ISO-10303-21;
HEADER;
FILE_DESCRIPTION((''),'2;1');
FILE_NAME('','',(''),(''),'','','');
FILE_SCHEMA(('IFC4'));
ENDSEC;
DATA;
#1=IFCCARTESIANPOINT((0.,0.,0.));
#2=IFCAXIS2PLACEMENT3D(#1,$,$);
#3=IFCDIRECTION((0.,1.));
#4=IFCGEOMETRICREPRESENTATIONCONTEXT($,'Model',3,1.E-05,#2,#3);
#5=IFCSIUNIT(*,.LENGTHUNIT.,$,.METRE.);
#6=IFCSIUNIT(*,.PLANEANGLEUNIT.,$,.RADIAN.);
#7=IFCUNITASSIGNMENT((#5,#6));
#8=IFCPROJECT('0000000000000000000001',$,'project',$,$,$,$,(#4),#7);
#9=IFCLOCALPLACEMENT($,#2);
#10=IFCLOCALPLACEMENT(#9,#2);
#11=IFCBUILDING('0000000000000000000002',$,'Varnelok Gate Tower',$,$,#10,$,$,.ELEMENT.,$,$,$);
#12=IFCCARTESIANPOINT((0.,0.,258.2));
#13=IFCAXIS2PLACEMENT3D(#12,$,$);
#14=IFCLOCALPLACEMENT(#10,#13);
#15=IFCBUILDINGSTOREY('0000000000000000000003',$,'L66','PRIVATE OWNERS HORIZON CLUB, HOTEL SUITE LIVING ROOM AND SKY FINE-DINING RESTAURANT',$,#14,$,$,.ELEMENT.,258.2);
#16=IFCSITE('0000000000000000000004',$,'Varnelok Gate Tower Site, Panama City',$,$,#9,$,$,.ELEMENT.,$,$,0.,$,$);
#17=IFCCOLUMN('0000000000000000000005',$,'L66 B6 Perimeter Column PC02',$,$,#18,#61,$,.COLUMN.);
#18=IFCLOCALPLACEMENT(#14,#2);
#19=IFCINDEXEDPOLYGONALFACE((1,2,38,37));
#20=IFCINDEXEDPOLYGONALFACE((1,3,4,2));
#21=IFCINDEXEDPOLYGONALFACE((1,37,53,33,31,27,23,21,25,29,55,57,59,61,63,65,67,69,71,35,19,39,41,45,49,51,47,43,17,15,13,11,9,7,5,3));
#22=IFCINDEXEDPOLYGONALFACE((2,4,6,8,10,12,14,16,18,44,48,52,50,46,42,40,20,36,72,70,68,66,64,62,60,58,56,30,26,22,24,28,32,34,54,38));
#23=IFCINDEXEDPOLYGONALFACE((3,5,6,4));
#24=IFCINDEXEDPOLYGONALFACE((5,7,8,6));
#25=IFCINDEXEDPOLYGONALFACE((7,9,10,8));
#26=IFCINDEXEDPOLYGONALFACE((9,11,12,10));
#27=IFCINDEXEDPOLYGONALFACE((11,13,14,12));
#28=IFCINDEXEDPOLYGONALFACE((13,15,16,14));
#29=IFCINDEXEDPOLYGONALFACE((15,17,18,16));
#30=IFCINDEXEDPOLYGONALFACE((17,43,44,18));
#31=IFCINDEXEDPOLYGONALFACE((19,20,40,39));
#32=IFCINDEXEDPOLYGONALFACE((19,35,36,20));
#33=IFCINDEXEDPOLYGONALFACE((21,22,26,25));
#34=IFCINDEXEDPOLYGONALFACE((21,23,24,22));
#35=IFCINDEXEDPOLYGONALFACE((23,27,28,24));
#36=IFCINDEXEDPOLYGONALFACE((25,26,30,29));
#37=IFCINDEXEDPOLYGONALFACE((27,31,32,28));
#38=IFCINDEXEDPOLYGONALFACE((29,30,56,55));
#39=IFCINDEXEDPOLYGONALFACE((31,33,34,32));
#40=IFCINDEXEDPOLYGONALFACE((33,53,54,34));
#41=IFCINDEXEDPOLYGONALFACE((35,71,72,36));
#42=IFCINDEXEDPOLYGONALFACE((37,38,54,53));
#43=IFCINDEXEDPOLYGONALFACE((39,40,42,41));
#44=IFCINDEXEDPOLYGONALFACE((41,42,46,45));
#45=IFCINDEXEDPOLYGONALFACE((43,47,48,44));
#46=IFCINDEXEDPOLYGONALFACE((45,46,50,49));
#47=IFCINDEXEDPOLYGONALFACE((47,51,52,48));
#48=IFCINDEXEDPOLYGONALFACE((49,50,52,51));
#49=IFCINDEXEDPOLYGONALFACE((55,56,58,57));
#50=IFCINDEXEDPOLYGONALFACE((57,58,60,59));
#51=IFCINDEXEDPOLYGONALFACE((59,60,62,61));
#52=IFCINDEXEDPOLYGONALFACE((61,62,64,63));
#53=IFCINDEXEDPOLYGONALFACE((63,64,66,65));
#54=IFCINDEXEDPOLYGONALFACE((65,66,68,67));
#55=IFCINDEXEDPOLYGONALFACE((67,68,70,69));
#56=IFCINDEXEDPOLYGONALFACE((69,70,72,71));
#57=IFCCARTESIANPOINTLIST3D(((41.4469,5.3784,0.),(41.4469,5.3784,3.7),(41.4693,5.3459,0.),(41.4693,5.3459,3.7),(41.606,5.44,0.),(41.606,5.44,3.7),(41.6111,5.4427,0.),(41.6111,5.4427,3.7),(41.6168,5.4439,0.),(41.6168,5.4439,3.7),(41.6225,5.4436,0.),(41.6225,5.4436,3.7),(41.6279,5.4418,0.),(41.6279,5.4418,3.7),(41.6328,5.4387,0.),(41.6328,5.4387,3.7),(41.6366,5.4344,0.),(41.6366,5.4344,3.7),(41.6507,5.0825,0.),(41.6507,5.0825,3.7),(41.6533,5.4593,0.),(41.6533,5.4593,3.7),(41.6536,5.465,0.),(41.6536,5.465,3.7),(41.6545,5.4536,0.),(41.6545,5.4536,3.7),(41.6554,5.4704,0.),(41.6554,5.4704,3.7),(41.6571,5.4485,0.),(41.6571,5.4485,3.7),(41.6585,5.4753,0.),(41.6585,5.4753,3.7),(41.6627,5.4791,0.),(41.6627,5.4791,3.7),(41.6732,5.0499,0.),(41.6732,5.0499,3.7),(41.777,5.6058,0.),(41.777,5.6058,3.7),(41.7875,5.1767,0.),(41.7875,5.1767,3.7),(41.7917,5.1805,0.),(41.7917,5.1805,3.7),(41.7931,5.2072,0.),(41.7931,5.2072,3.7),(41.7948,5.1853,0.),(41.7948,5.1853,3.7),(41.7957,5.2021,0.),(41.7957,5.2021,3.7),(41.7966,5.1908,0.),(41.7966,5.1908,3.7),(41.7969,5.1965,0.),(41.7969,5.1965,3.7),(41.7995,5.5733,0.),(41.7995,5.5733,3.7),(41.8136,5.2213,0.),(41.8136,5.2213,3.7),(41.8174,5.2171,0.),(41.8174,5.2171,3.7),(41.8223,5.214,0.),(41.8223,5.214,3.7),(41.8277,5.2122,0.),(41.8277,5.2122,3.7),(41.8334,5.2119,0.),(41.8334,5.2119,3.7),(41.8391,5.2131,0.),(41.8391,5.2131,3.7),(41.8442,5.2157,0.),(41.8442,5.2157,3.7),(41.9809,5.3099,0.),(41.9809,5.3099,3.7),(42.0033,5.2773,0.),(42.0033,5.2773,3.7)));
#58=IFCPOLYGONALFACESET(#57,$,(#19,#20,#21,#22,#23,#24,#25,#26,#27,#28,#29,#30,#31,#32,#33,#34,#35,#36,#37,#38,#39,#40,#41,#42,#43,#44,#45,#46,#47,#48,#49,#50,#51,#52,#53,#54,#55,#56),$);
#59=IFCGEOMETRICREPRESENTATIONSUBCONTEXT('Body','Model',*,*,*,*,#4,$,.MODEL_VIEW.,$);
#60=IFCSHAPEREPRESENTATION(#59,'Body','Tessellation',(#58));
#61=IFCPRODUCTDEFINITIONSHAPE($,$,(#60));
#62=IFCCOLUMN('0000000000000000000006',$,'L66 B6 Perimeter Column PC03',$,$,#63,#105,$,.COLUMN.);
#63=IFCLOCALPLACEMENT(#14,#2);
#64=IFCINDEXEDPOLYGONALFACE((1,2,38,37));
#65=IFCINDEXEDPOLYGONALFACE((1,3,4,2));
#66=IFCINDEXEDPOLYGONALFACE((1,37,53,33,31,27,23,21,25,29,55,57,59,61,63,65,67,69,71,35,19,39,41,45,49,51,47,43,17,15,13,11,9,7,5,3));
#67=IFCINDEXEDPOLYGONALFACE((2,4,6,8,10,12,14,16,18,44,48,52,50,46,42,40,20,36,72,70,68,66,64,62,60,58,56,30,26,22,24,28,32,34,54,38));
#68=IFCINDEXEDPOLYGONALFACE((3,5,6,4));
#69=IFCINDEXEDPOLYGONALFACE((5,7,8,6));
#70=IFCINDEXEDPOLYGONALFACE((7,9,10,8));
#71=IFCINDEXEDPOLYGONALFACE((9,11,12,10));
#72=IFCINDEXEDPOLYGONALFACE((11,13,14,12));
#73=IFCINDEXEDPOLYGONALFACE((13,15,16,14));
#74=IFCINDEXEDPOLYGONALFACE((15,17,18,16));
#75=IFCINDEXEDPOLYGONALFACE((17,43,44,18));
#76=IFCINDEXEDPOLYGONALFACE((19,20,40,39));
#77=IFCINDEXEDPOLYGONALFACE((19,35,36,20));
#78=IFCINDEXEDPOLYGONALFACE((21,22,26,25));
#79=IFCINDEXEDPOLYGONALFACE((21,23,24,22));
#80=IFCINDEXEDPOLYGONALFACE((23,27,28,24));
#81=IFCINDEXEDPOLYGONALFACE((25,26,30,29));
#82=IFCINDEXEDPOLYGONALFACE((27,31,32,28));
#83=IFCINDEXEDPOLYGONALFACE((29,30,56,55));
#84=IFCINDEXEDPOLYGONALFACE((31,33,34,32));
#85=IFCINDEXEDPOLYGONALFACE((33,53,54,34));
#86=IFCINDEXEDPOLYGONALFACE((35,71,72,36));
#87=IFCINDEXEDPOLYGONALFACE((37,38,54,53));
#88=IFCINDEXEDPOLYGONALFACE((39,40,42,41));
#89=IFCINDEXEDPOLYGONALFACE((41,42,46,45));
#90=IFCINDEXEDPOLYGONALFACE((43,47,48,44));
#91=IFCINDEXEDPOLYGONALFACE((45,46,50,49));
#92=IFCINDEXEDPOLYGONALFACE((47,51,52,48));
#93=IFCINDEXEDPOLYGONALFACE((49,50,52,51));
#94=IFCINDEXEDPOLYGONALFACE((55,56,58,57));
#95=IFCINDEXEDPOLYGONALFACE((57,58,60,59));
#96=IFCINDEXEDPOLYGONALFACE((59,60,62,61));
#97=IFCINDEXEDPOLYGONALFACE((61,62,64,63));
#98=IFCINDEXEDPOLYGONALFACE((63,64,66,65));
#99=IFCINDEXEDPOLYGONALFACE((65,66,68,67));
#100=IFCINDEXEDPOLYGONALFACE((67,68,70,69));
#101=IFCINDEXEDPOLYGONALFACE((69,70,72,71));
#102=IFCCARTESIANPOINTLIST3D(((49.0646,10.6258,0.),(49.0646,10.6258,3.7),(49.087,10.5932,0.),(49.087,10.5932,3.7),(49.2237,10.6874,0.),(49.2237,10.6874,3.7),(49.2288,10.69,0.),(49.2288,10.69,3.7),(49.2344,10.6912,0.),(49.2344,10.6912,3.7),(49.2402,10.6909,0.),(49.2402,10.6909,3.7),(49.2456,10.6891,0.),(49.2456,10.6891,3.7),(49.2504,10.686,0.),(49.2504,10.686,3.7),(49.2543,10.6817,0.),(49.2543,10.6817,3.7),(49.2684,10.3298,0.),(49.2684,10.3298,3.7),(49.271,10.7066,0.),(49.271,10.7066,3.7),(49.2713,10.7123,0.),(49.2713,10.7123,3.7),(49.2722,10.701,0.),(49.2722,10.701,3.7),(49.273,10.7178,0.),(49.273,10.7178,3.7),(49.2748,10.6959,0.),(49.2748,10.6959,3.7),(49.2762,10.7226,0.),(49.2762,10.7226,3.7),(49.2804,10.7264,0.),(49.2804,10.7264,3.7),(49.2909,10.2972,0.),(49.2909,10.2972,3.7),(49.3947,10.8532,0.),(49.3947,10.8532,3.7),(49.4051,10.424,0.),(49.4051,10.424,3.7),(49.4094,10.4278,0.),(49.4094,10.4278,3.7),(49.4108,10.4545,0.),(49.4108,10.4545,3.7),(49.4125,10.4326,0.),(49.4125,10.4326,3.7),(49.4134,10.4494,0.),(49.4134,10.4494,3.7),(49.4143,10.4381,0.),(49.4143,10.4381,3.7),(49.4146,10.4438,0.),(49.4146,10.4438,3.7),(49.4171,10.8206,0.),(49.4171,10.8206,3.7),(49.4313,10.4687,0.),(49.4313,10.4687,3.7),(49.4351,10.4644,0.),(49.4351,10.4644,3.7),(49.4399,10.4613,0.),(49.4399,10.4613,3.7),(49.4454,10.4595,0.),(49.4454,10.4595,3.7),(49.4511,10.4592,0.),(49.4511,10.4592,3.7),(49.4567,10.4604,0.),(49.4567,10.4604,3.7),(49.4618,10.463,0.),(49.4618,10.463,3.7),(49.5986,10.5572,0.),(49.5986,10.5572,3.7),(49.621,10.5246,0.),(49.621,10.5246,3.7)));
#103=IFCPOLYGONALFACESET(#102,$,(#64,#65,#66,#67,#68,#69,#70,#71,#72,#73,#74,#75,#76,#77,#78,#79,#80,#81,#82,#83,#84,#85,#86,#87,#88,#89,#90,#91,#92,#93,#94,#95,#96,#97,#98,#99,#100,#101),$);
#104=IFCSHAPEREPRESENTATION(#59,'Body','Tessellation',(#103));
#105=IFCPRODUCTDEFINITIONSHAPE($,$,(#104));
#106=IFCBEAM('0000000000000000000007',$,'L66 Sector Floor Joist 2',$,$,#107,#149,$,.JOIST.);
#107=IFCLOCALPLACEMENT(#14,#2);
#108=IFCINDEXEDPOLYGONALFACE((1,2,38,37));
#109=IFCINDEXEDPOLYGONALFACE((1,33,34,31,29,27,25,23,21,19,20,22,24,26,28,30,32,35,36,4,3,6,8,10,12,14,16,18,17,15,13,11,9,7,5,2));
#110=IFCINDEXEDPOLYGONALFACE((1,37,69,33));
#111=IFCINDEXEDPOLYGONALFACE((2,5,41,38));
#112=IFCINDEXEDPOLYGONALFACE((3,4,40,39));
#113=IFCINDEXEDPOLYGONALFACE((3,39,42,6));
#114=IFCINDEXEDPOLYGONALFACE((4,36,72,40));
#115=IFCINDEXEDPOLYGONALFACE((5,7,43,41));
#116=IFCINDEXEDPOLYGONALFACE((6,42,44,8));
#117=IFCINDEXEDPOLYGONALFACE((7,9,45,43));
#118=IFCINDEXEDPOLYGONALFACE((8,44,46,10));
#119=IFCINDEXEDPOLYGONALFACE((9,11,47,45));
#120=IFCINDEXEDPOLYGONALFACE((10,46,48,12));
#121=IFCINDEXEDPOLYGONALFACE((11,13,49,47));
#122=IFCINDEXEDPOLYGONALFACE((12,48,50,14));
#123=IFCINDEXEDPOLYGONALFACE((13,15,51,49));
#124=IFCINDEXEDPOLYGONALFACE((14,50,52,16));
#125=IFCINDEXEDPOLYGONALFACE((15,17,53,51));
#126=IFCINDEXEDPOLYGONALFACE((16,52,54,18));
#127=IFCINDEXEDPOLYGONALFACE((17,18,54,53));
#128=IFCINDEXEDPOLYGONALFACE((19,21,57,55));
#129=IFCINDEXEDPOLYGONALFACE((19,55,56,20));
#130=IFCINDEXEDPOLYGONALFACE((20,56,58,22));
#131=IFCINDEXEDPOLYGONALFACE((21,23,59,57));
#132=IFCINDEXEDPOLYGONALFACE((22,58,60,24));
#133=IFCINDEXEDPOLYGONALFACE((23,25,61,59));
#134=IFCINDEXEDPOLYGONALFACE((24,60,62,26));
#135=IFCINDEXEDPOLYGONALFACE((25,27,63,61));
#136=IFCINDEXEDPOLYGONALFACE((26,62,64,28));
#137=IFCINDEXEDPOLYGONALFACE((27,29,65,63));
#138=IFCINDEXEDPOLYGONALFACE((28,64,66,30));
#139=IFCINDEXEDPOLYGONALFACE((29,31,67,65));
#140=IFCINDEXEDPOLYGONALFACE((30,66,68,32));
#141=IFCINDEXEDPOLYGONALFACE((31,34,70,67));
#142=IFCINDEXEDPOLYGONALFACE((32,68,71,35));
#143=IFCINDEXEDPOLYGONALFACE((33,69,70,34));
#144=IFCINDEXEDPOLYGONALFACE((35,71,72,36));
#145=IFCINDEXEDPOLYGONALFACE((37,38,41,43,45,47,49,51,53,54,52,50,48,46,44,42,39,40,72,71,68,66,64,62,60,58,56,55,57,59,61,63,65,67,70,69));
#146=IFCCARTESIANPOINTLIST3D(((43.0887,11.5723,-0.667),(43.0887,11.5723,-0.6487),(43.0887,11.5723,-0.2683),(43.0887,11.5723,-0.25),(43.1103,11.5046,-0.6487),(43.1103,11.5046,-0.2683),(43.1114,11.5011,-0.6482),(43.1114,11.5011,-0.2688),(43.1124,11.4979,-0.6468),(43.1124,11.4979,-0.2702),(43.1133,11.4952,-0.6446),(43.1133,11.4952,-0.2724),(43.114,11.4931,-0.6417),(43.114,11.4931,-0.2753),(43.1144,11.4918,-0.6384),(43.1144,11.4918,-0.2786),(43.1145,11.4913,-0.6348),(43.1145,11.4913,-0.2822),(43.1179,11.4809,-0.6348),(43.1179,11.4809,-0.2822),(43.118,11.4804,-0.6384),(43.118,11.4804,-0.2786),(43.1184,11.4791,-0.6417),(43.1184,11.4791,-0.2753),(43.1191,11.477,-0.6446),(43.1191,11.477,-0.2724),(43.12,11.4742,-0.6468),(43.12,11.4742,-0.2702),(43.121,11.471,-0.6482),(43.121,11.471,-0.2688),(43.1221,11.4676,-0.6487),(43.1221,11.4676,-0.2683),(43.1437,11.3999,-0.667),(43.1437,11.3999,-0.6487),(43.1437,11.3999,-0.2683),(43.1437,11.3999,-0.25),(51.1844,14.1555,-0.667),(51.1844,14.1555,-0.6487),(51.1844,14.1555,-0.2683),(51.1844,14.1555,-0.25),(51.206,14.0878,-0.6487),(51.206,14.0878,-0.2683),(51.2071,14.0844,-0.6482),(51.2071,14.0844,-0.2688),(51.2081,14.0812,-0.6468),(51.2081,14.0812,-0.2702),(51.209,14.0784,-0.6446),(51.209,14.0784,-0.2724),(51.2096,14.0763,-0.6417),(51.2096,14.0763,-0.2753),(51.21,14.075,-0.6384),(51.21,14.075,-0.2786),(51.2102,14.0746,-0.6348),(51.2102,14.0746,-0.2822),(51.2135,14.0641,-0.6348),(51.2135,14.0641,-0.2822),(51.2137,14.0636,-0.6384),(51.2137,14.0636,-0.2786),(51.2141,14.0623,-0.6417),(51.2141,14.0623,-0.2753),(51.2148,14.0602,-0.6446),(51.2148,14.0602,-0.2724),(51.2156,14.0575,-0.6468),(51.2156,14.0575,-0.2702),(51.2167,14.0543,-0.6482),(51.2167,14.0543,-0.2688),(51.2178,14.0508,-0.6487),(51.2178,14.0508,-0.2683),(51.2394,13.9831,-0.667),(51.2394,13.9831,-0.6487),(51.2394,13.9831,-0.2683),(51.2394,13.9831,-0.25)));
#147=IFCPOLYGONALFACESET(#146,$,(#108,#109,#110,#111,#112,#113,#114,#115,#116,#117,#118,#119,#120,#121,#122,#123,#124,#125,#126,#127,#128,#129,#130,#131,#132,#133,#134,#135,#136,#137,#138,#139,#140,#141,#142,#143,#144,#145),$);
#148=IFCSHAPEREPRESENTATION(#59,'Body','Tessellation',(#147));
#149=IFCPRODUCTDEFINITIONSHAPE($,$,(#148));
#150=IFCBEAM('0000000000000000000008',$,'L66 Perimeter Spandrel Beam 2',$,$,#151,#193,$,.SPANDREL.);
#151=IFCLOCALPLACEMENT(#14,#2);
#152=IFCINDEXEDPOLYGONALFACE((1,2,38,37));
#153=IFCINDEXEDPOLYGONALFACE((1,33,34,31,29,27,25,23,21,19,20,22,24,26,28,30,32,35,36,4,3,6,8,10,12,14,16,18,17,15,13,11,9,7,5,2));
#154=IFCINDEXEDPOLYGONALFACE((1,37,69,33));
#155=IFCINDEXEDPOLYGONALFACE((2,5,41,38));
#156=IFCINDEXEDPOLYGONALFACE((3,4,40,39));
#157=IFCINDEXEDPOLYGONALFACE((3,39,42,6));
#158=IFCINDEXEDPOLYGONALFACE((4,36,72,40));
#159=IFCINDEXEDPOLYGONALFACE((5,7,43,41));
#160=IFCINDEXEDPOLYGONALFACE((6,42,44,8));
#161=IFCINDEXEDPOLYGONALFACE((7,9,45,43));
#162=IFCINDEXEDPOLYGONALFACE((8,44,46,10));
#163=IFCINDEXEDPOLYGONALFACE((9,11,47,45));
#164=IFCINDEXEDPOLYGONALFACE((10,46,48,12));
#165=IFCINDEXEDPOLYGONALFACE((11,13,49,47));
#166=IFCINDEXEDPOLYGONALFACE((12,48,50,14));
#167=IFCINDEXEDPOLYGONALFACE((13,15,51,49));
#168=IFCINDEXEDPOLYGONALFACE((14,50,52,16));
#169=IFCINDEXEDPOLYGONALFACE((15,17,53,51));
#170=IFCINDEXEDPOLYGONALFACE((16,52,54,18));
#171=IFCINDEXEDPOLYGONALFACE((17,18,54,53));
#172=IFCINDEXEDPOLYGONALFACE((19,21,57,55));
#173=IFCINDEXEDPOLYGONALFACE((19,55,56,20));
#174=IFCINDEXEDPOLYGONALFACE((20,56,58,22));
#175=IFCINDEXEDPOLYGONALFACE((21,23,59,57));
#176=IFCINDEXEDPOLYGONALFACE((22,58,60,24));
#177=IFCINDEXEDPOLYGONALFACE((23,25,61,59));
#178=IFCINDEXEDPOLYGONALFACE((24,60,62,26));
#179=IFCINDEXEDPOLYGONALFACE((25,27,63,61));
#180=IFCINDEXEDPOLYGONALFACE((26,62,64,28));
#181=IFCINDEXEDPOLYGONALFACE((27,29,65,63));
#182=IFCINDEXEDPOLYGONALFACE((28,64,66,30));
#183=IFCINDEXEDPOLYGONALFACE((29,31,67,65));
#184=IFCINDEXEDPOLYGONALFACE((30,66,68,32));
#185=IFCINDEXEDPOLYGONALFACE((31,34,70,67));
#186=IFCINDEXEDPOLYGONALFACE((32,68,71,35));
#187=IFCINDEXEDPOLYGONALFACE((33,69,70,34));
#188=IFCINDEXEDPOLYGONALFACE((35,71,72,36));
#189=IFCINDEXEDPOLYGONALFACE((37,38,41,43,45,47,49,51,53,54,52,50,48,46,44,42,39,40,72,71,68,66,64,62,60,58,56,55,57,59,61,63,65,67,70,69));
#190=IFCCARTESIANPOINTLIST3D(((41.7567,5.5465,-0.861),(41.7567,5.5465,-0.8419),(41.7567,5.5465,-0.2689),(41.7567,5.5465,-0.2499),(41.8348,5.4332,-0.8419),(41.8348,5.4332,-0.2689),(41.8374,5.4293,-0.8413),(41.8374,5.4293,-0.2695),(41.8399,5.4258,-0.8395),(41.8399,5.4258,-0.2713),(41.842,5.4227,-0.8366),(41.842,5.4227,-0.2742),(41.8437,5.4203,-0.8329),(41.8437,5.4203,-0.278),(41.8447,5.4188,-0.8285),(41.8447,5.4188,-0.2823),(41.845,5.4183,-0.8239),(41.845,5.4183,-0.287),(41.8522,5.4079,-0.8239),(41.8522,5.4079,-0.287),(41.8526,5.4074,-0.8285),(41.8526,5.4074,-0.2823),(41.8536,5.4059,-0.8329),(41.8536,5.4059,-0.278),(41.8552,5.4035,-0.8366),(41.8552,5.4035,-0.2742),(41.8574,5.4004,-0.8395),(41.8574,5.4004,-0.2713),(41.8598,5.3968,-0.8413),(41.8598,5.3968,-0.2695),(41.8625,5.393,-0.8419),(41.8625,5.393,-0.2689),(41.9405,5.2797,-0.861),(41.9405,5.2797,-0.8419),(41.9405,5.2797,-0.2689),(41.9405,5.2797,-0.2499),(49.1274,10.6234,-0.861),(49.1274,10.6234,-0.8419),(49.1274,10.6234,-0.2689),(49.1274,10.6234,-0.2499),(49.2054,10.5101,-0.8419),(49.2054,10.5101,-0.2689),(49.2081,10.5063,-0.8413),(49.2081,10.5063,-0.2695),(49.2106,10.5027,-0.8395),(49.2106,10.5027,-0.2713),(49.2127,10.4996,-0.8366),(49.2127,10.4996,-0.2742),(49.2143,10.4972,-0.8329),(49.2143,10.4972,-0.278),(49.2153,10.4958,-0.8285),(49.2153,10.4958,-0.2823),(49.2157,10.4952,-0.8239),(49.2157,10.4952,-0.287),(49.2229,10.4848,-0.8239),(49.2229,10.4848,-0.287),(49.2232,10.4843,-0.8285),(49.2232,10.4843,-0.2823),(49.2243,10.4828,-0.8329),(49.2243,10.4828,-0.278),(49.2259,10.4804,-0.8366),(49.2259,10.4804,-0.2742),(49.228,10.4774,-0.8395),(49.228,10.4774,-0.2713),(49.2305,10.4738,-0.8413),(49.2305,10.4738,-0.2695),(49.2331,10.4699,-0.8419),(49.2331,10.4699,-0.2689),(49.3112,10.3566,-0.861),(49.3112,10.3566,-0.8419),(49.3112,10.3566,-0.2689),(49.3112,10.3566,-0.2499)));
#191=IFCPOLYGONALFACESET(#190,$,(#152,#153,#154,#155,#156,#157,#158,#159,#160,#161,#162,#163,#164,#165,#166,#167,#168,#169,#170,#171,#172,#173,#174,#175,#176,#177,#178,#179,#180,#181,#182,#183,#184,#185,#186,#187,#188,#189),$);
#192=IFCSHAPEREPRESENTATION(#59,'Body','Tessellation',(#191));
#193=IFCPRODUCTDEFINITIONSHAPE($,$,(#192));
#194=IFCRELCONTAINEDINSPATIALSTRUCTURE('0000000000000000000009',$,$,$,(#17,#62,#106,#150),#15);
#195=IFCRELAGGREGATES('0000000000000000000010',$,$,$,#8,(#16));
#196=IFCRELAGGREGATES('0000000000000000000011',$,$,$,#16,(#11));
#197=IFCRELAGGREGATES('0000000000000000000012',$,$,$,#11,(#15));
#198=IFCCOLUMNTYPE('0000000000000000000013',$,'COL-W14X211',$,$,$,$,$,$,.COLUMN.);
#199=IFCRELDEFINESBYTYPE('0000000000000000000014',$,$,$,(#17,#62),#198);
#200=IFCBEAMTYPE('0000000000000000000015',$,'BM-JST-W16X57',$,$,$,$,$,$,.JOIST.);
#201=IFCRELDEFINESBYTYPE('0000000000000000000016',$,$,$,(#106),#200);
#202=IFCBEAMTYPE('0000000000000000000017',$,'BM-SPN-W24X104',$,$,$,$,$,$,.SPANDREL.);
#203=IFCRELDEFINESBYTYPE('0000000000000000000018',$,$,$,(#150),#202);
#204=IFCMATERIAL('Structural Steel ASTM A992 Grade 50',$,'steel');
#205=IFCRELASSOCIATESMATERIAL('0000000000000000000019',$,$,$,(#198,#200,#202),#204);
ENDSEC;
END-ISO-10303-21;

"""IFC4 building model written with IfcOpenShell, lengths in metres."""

from ifc_helpers import new_model, si_unit, direction, frame, origin, origin_2d, place, context, subcontext, project, spatial, i_section, extrude, material, material_profile, profile_set, type_object, element, save


model = new_model("IFC4")

# Units and contexts
model_context = context("Model", 3, precision=1e-05, world=origin(), true_north=direction((0.0, 1.0)))
body_context = subcontext(model_context, "Body", "Model", "MODEL_VIEW")
ifc_project = project(units=[si_unit("LENGTHUNIT", "METRE"), si_unit("PLANEANGLEUNIT", "RADIAN")], contexts=[model_context])

# Site, building, storey
site_placement = place(None, origin())
site = spatial("IfcSite", under=ifc_project, at=site_placement, Name="Varnelok Gate Tower Site, Panama City", CompositionType="ELEMENT", RefElevation=0.0)
building_placement = place(site_placement, origin())
building = spatial("IfcBuilding", under=site, at=building_placement, Name="Varnelok Gate Tower", CompositionType="ELEMENT")
storey_placement = place(building_placement, frame((0.0, 0.0, 258.2)))
storey = spatial("IfcBuildingStorey", under=building, at=storey_placement, Name="L66", Description="PRIVATE OWNERS HORIZON CLUB, HOTEL SUITE LIVING ROOM AND SKY FINE-DINING RESTAURANT", CompositionType="ELEMENT", Elevation=258.2)

# Columns
ifc_material_1 = material(Name="Structural Steel ASTM A992 Grade 50", Category="steel")
ifc_material_profile_1 = material_profile(ifc_material_1, i_section(OverallWidth=0.4009, OverallDepth=0.3989, WebThickness=0.0249, FlangeThickness=0.0396, FilletRadius=0.022, at=origin_2d()), Name="W14X211")
ifc_profile_set_1 = profile_set([ifc_material_profile_1], Name="Structural Steel ASTM A992 Grade 50")
column_type = type_object("IfcColumnType", Name="COL-W14X211", PredefinedType="COLUMN", material=ifc_profile_set_1)
for number, where, z_axis, x_axis, name in (
    (1, (41.7251, 5.3279, 0.0), (0.0, 0.0, 1.0), (0.823533, 0.567269, 0.0), "L66 B6 Perimeter Column PC02"),
    (2, (49.3428, 10.5752, 0.0), (0.0, 0.0, 1.0), (0.823533, 0.567269, 0.0), "L66 B6 Perimeter Column PC03"),
):
    element("IfcColumn", number, at=place(storey_placement, frame(where, z_axis=z_axis, x_axis=x_axis)), inside=storey, type_object=column_type, Name=name, PredefinedType="COLUMN", context=body_context, shape_type="SweptSolid", body=[
        extrude(i_section(OverallWidth=0.4009, OverallDepth=0.3989, WebThickness=0.0249, FlangeThickness=0.0396, FilletRadius=0.022, at=origin_2d()), origin(), (0.0, 0.0, 1.0), 3.7),
    ])

# Beams
ifc_material_profile_2 = material_profile(ifc_material_1, i_section(OverallWidth=0.1809, OverallDepth=0.417, WebThickness=0.011, FlangeThickness=0.0183, FilletRadius=0.0139, at=origin_2d()), Name="W16X57")
ifc_profile_set_2 = profile_set([ifc_material_profile_2], Name="Structural Steel ASTM A992 Grade 50")
beam_type_1 = type_object("IfcBeamType", Name="BM-JST-W16X57", PredefinedType="JOIST", material=ifc_profile_set_2)
beam_placement = place(storey_placement, frame((43.1162, 11.4861, -0.4585), z_axis=(0.952676, 0.303989, 0.0), x_axis=(-0.303989, 0.952676, 0.0)))
element("IfcBeam", 3, at=beam_placement, inside=storey, type_object=beam_type_1, Name="L66 Sector Floor Joist 2", PredefinedType="JOIST", context=body_context, shape_type="SweptSolid", body=[
    extrude(i_section(OverallWidth=0.1809, OverallDepth=0.417, WebThickness=0.011, FlangeThickness=0.0183, FilletRadius=0.0139, at=origin_2d()), origin(), (0.0, 0.0, 1.0), 8.4978),
])
ifc_material_profile_3 = material_profile(ifc_material_1, i_section(OverallWidth=0.324, OverallDepth=0.6111, WebThickness=0.0127, FlangeThickness=0.019, FilletRadius=0.0181, at=origin_2d()), Name="W24X104")
ifc_profile_set_3 = profile_set([ifc_material_profile_3], Name="Structural Steel ASTM A992 Grade 50")
beam_type_2 = type_object("IfcBeamType", Name="BM-SPN-W24X104", PredefinedType="SPANDREL", material=ifc_profile_set_3)
for number, where, z_axis, x_axis, name in (
    (4, (41.8486, 5.4131, -0.5554), (0.82354, 0.567258, 0.0), (-0.567258, 0.82354, 0.0), "L66 Perimeter Spandrel Beam 2"),
):
    element("IfcBeam", number, at=place(storey_placement, frame(where, z_axis=z_axis, x_axis=x_axis)), inside=storey, type_object=beam_type_2, Name=name, PredefinedType="SPANDREL", context=body_context, shape_type="SweptSolid", body=[
        extrude(i_section(OverallWidth=0.324, OverallDepth=0.6111, WebThickness=0.0127, FlangeThickness=0.019, FilletRadius=0.0181, at=origin_2d()), origin(), (0.0, 0.0, 1.0), 8.95),
    ])

save(model, "model.ifc")
